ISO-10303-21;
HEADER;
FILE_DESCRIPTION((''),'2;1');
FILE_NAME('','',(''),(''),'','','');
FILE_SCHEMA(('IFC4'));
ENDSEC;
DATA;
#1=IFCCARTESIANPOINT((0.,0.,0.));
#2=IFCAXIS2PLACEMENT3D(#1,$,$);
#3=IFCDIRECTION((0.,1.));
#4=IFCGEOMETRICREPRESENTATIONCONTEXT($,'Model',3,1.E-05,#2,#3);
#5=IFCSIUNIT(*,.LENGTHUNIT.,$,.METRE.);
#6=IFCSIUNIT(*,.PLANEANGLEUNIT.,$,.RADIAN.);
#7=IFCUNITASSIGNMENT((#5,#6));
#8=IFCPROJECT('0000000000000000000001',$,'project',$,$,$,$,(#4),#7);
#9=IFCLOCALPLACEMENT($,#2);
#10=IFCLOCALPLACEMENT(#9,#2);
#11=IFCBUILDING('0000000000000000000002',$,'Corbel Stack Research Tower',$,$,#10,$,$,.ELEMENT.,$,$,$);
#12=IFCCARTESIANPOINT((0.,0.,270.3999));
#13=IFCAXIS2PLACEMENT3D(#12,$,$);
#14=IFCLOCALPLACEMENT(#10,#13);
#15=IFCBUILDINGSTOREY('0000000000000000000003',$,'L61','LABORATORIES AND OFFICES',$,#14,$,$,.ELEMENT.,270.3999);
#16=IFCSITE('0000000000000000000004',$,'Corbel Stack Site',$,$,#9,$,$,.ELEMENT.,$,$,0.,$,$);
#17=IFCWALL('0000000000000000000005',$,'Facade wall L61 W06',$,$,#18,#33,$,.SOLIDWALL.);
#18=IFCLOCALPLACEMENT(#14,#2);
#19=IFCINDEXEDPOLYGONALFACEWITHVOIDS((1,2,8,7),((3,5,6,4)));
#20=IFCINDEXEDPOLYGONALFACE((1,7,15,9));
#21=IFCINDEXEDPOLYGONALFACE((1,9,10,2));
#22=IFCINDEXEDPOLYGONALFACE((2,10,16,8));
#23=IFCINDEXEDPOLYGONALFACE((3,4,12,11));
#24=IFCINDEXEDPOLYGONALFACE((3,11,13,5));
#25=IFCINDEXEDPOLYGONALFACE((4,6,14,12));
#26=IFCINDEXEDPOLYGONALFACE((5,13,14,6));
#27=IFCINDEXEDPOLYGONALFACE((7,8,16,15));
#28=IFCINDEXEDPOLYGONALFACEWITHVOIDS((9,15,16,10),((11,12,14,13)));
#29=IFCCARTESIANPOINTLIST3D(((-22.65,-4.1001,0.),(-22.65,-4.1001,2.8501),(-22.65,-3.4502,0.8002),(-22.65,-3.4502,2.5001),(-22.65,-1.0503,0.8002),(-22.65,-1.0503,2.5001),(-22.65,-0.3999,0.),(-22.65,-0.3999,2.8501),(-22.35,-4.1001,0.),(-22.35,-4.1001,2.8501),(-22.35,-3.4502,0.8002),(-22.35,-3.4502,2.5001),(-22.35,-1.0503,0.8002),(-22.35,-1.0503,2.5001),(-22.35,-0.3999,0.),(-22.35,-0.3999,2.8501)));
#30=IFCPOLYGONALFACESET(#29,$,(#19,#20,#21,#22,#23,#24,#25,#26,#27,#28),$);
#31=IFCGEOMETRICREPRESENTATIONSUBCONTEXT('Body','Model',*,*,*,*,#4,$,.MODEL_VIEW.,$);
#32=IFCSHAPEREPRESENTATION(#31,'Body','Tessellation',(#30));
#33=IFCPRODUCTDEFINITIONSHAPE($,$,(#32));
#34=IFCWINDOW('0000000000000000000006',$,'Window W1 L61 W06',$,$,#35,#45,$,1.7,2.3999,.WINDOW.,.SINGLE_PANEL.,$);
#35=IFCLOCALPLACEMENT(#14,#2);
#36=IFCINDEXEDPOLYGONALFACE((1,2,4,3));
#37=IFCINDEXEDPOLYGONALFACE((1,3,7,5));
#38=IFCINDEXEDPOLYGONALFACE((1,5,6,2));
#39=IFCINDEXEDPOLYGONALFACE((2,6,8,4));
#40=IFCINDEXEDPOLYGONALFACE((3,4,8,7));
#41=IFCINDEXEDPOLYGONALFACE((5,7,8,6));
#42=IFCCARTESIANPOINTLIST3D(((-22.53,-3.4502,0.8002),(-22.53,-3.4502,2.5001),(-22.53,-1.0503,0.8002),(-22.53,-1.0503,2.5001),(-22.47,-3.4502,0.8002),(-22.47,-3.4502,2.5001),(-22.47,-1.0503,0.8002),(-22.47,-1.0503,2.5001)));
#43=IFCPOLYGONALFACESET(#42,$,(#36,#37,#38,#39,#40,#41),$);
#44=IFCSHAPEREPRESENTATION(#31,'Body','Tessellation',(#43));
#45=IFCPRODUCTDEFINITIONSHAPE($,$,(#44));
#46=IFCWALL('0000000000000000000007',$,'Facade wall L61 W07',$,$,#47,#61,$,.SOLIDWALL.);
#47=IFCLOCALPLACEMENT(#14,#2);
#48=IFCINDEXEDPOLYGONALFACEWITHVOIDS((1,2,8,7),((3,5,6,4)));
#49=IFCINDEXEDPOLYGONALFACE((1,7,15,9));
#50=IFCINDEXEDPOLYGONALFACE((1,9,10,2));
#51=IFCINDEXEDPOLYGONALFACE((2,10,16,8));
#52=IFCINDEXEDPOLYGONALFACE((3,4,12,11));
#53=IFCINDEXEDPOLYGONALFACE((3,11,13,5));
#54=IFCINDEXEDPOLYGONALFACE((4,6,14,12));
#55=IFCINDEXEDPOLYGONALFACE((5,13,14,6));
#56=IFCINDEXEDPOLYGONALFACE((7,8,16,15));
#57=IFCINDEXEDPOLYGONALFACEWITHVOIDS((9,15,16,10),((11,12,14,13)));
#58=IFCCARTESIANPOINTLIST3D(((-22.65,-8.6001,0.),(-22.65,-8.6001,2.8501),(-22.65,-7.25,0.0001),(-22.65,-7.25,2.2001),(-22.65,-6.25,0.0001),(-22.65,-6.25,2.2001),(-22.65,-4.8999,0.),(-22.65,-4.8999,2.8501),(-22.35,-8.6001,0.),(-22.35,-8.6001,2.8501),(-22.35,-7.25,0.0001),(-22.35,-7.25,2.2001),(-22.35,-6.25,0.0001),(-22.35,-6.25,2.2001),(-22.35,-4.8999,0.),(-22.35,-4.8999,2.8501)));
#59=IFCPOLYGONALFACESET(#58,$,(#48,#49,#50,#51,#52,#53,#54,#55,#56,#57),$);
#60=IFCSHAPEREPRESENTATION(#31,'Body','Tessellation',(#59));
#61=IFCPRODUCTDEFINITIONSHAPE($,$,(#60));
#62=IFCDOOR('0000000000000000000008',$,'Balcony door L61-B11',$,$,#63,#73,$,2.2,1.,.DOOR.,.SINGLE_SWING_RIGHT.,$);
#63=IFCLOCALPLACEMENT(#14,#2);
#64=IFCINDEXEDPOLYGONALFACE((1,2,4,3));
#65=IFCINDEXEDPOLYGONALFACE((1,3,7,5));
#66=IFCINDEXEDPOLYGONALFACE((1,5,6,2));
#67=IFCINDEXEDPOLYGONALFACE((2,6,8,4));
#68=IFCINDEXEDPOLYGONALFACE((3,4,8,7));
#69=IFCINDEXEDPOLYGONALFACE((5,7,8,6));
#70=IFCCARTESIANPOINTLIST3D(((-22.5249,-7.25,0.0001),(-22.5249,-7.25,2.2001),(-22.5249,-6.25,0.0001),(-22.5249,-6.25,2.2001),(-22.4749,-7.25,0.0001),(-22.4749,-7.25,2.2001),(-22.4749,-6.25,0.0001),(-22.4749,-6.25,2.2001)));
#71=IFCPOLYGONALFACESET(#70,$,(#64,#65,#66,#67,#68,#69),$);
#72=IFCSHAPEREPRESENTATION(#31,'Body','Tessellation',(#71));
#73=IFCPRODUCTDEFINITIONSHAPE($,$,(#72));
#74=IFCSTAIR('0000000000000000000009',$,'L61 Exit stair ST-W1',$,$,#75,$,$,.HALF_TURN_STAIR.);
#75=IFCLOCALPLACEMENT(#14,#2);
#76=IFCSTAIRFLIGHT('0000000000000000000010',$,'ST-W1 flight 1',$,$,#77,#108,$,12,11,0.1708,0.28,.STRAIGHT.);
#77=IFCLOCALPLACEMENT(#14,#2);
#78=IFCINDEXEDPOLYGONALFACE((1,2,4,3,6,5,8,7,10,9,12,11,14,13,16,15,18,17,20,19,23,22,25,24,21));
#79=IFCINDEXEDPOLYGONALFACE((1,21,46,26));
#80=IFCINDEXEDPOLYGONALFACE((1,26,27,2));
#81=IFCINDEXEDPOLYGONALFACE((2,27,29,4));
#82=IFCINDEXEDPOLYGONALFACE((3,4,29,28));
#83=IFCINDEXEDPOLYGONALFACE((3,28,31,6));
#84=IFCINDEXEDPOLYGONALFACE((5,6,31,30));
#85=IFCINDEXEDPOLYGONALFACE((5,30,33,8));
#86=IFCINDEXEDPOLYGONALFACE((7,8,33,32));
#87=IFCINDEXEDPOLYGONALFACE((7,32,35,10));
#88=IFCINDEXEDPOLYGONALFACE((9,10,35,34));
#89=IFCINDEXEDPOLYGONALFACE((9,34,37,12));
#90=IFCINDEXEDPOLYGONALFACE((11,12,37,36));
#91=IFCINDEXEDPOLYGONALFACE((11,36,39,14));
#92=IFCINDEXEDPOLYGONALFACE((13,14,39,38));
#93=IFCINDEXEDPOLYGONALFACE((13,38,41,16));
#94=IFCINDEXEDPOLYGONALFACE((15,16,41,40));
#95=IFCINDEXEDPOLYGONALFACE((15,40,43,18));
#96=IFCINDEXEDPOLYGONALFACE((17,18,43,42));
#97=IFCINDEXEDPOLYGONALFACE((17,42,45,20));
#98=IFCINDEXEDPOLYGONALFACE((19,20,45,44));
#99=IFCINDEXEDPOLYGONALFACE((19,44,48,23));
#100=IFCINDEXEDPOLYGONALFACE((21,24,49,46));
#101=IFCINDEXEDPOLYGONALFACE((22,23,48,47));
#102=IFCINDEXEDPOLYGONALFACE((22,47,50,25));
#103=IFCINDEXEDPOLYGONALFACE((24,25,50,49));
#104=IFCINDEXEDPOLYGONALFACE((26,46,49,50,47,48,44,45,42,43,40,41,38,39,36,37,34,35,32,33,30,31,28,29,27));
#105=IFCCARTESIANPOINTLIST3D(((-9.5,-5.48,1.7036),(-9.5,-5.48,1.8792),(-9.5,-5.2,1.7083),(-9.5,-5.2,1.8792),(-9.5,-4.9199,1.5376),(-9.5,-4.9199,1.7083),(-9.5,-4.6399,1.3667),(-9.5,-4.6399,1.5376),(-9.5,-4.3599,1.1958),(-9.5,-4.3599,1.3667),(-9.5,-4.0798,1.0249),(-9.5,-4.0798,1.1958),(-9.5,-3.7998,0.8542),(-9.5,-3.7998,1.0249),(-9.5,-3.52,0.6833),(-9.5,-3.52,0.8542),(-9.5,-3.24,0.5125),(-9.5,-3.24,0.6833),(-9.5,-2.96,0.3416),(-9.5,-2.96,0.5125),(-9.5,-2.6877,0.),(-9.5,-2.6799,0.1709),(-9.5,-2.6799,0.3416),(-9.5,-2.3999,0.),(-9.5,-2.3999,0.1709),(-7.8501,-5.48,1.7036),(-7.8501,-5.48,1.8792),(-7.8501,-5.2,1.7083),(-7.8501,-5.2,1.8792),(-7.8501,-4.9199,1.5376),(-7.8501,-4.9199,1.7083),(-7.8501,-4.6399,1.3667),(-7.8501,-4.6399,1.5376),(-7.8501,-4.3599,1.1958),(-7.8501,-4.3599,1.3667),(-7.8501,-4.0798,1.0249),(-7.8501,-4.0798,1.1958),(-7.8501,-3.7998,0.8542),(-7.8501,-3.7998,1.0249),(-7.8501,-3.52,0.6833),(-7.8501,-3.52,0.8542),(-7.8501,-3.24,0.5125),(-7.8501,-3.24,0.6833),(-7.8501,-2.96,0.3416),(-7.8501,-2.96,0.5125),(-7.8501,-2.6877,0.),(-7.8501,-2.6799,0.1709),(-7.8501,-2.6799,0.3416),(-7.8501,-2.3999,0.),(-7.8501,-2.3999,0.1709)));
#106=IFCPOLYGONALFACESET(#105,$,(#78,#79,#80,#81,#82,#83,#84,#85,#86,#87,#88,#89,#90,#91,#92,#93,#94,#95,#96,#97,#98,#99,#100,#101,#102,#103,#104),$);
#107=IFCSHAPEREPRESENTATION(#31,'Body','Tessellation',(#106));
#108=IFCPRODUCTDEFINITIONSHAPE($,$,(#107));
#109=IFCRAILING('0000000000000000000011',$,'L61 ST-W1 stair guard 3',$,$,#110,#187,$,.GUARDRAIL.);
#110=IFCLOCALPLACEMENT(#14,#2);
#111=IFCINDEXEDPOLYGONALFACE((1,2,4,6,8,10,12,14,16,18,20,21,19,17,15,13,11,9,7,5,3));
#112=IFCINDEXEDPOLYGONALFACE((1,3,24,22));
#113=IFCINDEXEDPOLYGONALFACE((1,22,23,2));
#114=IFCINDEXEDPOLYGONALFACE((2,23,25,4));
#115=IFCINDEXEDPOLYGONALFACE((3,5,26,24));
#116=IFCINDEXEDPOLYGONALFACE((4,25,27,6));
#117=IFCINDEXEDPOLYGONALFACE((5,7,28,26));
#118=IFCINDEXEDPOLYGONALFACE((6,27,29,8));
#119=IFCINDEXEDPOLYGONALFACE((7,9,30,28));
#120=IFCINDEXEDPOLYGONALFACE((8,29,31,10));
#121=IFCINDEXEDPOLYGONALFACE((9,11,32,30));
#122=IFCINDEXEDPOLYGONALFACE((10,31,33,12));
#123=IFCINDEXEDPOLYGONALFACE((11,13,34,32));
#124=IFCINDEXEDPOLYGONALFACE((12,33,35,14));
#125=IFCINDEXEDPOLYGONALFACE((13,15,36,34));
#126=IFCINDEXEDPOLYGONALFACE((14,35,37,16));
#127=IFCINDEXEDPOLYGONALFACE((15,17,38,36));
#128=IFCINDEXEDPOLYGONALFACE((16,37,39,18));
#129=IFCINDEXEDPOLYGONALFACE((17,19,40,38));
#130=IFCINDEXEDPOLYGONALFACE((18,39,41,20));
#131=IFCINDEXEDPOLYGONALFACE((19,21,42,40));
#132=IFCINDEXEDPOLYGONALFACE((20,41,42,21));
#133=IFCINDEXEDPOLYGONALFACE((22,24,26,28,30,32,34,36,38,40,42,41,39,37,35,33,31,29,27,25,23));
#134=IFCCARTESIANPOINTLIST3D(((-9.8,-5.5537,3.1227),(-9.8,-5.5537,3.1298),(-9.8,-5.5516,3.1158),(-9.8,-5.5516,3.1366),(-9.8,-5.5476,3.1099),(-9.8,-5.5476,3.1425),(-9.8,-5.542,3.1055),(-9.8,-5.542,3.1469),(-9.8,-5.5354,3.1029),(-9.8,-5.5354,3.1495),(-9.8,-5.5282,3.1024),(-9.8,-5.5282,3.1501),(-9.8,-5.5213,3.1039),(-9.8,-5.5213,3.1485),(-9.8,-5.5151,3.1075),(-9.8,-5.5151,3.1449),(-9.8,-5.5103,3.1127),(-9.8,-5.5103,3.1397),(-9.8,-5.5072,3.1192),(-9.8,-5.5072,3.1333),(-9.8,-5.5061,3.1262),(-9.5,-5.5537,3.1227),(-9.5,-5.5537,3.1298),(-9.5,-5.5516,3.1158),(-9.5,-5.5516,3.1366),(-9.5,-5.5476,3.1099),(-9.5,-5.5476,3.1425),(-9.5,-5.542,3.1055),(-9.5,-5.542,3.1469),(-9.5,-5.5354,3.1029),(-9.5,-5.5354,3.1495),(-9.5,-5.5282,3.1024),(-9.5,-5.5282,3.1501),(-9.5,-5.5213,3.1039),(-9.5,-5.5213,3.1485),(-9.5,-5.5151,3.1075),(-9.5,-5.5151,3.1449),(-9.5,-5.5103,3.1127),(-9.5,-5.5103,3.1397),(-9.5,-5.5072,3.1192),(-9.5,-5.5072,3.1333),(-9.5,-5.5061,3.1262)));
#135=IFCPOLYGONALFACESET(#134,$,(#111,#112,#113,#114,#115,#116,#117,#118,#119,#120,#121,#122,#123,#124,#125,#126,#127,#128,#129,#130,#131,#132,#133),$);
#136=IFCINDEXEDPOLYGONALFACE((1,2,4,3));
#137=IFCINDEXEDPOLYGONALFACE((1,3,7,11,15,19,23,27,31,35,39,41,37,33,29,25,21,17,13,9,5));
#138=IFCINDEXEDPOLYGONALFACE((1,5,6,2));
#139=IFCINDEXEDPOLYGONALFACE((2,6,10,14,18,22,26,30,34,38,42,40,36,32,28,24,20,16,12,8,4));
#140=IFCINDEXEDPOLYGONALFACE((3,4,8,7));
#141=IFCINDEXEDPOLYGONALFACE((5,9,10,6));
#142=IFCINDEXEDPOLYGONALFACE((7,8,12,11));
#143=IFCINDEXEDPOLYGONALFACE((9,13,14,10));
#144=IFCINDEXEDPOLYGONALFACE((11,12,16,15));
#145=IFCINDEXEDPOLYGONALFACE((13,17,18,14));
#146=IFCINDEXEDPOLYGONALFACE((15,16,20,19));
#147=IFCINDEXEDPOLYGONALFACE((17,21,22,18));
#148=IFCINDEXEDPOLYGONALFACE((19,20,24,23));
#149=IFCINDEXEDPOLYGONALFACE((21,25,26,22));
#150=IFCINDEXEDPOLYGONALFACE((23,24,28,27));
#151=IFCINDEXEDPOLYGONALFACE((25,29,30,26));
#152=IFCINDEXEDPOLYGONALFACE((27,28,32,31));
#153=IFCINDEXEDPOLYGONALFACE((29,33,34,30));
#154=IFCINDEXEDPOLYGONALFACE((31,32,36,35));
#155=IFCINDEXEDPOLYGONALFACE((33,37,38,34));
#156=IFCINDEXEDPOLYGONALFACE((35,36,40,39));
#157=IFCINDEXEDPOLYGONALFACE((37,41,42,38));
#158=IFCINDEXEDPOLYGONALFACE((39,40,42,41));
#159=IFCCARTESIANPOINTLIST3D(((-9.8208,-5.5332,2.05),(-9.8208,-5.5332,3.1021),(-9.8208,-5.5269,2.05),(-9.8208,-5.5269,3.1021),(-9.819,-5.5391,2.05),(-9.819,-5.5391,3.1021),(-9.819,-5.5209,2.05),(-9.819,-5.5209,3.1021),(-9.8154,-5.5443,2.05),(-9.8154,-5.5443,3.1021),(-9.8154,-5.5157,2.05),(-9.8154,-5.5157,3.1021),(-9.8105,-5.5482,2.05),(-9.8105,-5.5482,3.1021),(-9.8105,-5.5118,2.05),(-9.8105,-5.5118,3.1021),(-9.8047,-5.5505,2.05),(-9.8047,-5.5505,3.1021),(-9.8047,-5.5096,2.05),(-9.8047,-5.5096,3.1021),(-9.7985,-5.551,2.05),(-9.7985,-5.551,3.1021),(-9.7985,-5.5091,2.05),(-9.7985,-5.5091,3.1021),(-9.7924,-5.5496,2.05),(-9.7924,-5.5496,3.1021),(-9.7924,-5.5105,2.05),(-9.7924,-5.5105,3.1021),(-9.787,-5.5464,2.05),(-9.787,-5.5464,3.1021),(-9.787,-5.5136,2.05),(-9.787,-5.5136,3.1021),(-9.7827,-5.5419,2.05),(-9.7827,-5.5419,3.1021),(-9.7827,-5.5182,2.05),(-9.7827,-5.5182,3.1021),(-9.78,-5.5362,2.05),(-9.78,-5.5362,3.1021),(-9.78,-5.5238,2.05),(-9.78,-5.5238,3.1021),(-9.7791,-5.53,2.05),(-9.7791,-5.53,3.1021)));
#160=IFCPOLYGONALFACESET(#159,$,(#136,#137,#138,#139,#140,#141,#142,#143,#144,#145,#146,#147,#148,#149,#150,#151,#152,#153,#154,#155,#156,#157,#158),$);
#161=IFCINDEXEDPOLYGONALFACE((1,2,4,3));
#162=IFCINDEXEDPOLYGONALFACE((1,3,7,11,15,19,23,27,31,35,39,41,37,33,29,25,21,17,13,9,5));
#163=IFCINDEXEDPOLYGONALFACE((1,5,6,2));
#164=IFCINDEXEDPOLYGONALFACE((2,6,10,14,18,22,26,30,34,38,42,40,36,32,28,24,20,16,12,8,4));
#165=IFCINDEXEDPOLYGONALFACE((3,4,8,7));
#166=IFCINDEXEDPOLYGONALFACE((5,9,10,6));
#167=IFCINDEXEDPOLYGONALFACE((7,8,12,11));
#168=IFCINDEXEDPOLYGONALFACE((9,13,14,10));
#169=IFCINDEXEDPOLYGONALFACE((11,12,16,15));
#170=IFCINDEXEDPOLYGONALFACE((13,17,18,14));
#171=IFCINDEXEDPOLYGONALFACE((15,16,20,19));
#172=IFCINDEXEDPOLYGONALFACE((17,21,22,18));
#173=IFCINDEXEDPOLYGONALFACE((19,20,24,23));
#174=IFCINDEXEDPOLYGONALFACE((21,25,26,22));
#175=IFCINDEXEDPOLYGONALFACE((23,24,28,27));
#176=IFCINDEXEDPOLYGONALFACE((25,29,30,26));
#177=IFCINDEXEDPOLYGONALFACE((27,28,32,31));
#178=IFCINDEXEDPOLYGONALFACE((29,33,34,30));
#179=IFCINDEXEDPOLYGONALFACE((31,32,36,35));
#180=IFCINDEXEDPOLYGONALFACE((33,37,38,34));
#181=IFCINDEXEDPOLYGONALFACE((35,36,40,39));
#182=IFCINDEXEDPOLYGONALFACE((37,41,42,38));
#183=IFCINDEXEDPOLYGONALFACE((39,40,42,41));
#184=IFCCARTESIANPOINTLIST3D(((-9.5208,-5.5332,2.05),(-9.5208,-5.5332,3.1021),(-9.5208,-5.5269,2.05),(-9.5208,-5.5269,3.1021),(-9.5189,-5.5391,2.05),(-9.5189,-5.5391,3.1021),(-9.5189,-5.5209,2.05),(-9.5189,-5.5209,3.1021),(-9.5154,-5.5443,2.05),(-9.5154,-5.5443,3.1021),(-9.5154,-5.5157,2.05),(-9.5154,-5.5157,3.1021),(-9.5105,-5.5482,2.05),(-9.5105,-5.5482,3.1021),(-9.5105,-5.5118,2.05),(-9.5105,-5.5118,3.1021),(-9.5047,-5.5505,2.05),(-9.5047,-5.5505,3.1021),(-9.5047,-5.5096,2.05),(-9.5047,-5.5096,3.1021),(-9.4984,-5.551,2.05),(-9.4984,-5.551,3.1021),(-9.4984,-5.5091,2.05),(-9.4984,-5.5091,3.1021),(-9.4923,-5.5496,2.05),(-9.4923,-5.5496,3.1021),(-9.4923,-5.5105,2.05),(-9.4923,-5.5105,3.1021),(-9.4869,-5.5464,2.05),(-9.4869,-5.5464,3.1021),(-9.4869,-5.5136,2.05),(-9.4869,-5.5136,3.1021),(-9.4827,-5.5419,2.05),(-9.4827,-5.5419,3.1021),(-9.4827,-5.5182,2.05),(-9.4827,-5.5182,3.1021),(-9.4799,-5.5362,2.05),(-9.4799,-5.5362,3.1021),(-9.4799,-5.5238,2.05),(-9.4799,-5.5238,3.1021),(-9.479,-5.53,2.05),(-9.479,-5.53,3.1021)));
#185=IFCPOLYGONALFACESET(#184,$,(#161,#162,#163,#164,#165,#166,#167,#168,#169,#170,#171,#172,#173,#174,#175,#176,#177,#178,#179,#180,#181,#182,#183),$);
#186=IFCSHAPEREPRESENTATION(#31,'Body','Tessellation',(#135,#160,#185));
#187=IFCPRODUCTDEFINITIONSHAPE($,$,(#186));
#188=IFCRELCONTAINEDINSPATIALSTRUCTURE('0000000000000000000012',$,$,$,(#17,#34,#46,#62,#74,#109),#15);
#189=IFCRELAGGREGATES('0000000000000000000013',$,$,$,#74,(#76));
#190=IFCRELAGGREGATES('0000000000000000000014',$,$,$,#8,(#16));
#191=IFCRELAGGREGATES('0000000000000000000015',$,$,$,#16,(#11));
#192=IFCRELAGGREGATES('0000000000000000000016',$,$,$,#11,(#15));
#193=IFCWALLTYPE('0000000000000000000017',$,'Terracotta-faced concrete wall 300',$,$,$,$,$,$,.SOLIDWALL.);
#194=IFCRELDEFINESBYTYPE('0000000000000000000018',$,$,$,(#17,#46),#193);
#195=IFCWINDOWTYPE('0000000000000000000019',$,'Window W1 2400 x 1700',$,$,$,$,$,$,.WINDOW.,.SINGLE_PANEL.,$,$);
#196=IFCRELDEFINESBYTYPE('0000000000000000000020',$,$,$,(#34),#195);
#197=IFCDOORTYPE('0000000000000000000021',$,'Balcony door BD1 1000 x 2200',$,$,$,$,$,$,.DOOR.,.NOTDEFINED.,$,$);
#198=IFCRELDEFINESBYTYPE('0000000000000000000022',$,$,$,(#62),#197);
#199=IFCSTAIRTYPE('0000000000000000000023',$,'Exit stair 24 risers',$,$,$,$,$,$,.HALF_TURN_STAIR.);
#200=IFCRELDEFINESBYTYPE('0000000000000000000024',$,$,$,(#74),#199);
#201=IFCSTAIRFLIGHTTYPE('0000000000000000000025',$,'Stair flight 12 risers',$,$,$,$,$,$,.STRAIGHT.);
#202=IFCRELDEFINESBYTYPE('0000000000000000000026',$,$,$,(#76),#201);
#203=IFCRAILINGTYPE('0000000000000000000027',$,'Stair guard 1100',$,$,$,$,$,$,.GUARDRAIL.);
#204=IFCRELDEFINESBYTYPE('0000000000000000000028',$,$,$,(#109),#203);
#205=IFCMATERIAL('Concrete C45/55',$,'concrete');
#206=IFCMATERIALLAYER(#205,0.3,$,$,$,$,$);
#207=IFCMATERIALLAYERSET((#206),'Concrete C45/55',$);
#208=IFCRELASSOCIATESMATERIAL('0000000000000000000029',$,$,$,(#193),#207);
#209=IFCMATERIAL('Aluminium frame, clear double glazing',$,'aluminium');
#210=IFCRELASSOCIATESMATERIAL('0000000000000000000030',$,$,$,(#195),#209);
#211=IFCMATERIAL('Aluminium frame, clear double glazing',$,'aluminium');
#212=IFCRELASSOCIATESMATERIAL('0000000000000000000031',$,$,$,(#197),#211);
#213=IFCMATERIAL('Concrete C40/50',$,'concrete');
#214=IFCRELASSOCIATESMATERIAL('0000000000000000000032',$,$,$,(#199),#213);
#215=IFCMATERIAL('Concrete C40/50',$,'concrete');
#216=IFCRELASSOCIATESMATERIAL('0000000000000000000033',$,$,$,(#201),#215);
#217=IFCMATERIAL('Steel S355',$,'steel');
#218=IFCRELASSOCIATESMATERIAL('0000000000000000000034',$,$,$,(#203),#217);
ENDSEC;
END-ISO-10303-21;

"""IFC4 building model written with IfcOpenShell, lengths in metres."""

from ifc_helpers import new_model, si_unit, direction, frame, frame_2d, origin, origin_2d, place, context, subcontext, project, spatial, polyline, rectangle, circle, outline, extrude, material, layer, layer_set, type_object, element, fill, aggregate, save


model = new_model("IFC4")

# Units and contexts
model_context = context("Model", 3, precision=1e-05, world=origin(), true_north=direction((0.0, 1.0)))
body_context = subcontext(model_context, "Body", "Model", "MODEL_VIEW")
ifc_project = project(units=[si_unit("LENGTHUNIT", "METRE"), si_unit("PLANEANGLEUNIT", "RADIAN")], contexts=[model_context])

# Site, building, storey
site_placement = place(None, origin())
site = spatial("IfcSite", under=ifc_project, at=site_placement, Name="Corbel Stack Site", CompositionType="ELEMENT", RefElevation=0.0)
building_placement = place(site_placement, origin())
building = spatial("IfcBuilding", under=site, at=building_placement, Name="Corbel Stack Research Tower", CompositionType="ELEMENT")
storey_placement = place(building_placement, frame((0.0, 0.0, 270.3999)))
storey = spatial("IfcBuildingStorey", under=building, at=storey_placement, Name="L61", Description="LABORATORIES AND OFFICES", CompositionType="ELEMENT", Elevation=270.3999)

# Wall, opening, window
ifc_material_1 = material(Name="Concrete C45/55", Category="concrete")
ifc_layer_1 = layer(ifc_material_1, 0.3)
ifc_layer_set_1 = layer_set([ifc_layer_1], Name="Concrete C45/55")
wall_type_1 = type_object("IfcWallType", Name="Terracotta-faced concrete wall 300", PredefinedType="SOLIDWALL", material=ifc_layer_set_1)
wall_1_placement = place(storey_placement, frame((-22.5, -4.1001, 0.0), z_axis=(0.0, 0.0, 1.0), x_axis=(0.0, 1.0, 0.0)))
wall_1 = element("IfcWall", 1, at=wall_1_placement, inside=storey, type_object=wall_type_1, Name="Facade wall L61 W06", PredefinedType="SOLIDWALL", context=body_context, shape_type="SweptSolid", body=[
    extrude(rectangle(XDim=3.7002, YDim=0.3, at=frame_2d((1.8501, 0.0))), origin(), (0.0, 0.0, 1.0), 2.8501),
])
opening_1_placement = place(wall_1_placement, frame((0.6499, 0.0, 0.8)))
opening_1 = element("IfcOpeningElement", 2, at=opening_1_placement, cuts=wall_1, PredefinedType="OPENING", context=body_context, shape_type="SweptSolid", body=[
    extrude(rectangle(XDim=2.3999, YDim=1.7, at=frame_2d((1.2, 0.8501))), frame((0.0, 0.1599, 0.0), z_axis=(0.0, -1.0, 0.0), x_axis=(1.0, 0.0, 0.0)), (0.0, 0.0, 1.0), 0.3201),
])
ifc_material_2 = material(Name="Aluminium frame, clear double glazing", Category="aluminium")
window_type = type_object("IfcWindowType", Name="Window W1 2400 x 1700", PartitioningType="SINGLE_PANEL", PredefinedType="WINDOW", material=ifc_material_2)
window_placement = place(opening_1_placement, origin())
window = element("IfcWindow", 3, at=window_placement, inside=storey, type_object=window_type, Name="Window W1 L61 W06", OverallHeight=1.7, OverallWidth=2.3999, PartitioningType="SINGLE_PANEL", PredefinedType="WINDOW", context=body_context, shape_type="SweptSolid", body=[
    extrude(rectangle(XDim=2.3999, YDim=1.7, at=frame_2d((1.2, 0.8501))), frame((0.0, 0.03, 0.0), z_axis=(0.0, -1.0, 0.0), x_axis=(1.0, 0.0, 0.0)), (0.0, 0.0, 1.0), 0.0601),
])
fill(opening_1, window)

# Wall, opening, door
wall_2_placement = place(storey_placement, frame((-22.5, -8.6001, 0.0), z_axis=(0.0, 0.0, 1.0), x_axis=(0.0, 1.0, 0.0)))
wall_2 = element("IfcWall", 4, at=wall_2_placement, inside=storey, type_object=wall_type_1, Name="Facade wall L61 W07", PredefinedType="SOLIDWALL", context=body_context, shape_type="SweptSolid", body=[
    extrude(rectangle(XDim=3.7002, YDim=0.3, at=frame_2d((1.8501, 0.0))), origin(), (0.0, 0.0, 1.0), 2.8501),
])
opening_2_placement = place(wall_2_placement, frame((1.3501, 0.0, 0.0)))
opening_2 = element("IfcOpeningElement", 5, at=opening_2_placement, cuts=wall_2, PredefinedType="OPENING", context=body_context, shape_type="SweptSolid", body=[
    extrude(rectangle(XDim=1.0, YDim=2.2, at=frame_2d((0.5, 1.1001))), frame((0.0, 0.1599, 0.0), z_axis=(0.0, -1.0, 0.0), x_axis=(1.0, 0.0, 0.0)), (0.0, 0.0, 1.0), 0.3201),
])
ifc_material_3 = material(Name="Aluminium frame, clear double glazing", Category="aluminium")
door_type_1 = type_object("IfcDoorType", Name="Balcony door BD1 1000 x 2200", OperationType="NOTDEFINED", PredefinedType="DOOR", material=ifc_material_3)
door_1_placement = place(opening_2_placement, origin())
door_1 = element("IfcDoor", 6, at=door_1_placement, inside=storey, type_object=door_type_1, Name="Balcony door L61-B11", OperationType="SINGLE_SWING_RIGHT", OverallHeight=2.2, OverallWidth=1.0, PredefinedType="DOOR", context=body_context, shape_type="SweptSolid", body=[
    extrude(rectangle(XDim=1.0, YDim=2.2, at=frame_2d((0.5, 1.1001))), frame((0.0, 0.0249, 0.0), z_axis=(0.0, -1.0, 0.0), x_axis=(1.0, 0.0, 0.0)), (0.0, 0.0, 1.0), 0.05),
])
fill(opening_2, door_1)

# Stair, stair flight
ifc_material_4 = material(Name="Concrete C40/50", Category="concrete")
stair_type = type_object("IfcStairType", Name="Exit stair 24 risers", PredefinedType="HALF_TURN_STAIR", material=ifc_material_4)
stair_placement = place(storey_placement, origin())
stair = element("IfcStair", 7, at=stair_placement, inside=storey, type_object=stair_type, Name="L61 Exit stair ST-W1", PredefinedType="HALF_TURN_STAIR")
ifc_material_5 = material(Name="Concrete C40/50", Category="concrete")
stair_flight_type = type_object("IfcStairFlightType", Name="Stair flight 12 risers", PredefinedType="STRAIGHT", material=ifc_material_5)
stair_flight_placement = place(storey_placement, frame((-8.675, -2.3999, 0.0), z_axis=(0.0, 0.0, 1.0), x_axis=(0.0, -1.0, 0.0)))
stair_flight = element("IfcStairFlight", 8, at=stair_flight_placement, type_object=stair_flight_type, Name="ST-W1 flight 1", NumberOfRisers=12, NumberOfTreads=11, PredefinedType="STRAIGHT", RiserHeight=0.1708, TreadLength=0.28, context=body_context, shape_type="SweptSolid", body=[
    extrude(outline(polyline([(0.0, 0.0), (0.0, 0.1709), (0.28, 0.1709), (0.28, 0.3416), (0.5601, 0.3416), (0.5601, 0.5125), (0.8401, 0.5125), (0.8401, 0.6833), (1.1201, 0.6833), (1.1201, 0.8542), (1.3999, 0.8542), (1.3999, 1.0249), (1.6799, 1.0249), (1.6799, 1.1958), (1.96, 1.1958), (1.96, 1.3667), (2.24, 1.3667), (2.24, 1.5376), (2.52, 1.5376), (2.52, 1.7083), (2.8, 1.7083), (2.8, 1.8792), (3.0801, 1.8792), (3.0801, 2.05), (3.0801, 1.7036), (0.2878, 0.0), (0.0, 0.0)])), frame((0.0, 0.825, 0.0), z_axis=(0.0, -1.0, 0.0), x_axis=(1.0, 0.0, 0.0)), (0.0, 0.0, 1.0), 1.6499),
])
aggregate(stair, [stair_flight])

# Railing
ifc_material_6 = material(Name="Steel S355", Category="steel")
railing_type_1 = type_object("IfcRailingType", Name="Stair guard 1100", PredefinedType="GUARDRAIL", material=ifc_material_6)
for number, where, name in (
    (9, (-9.8, -5.53, 2.05), "L61 ST-W1 stair guard 3"),
):
    element("IfcRailing", number, at=place(storey_placement, frame(where)), inside=storey, type_object=railing_type_1, Name=name, PredefinedType="GUARDRAIL", context=body_context, shape_type="SweptSolid", body=[
        extrude(circle(Radius=0.0239, at=origin_2d()), frame((0.0, 0.0, 1.0762), z_axis=(1.0, 0.0, 0.0), x_axis=(0.0, 1.0, 0.0)), (0.0, 0.0, 1.0), 0.3),
        extrude(circle(Radius=0.021, at=origin_2d()), origin(), (0.0, 0.0, 1.0), 1.052),
        extrude(circle(Radius=0.021, at=origin_2d()), frame((0.3, 0.0, 0.0)), (0.0, 0.0, 1.0), 1.052),
    ])

save(model, "model.ifc")
